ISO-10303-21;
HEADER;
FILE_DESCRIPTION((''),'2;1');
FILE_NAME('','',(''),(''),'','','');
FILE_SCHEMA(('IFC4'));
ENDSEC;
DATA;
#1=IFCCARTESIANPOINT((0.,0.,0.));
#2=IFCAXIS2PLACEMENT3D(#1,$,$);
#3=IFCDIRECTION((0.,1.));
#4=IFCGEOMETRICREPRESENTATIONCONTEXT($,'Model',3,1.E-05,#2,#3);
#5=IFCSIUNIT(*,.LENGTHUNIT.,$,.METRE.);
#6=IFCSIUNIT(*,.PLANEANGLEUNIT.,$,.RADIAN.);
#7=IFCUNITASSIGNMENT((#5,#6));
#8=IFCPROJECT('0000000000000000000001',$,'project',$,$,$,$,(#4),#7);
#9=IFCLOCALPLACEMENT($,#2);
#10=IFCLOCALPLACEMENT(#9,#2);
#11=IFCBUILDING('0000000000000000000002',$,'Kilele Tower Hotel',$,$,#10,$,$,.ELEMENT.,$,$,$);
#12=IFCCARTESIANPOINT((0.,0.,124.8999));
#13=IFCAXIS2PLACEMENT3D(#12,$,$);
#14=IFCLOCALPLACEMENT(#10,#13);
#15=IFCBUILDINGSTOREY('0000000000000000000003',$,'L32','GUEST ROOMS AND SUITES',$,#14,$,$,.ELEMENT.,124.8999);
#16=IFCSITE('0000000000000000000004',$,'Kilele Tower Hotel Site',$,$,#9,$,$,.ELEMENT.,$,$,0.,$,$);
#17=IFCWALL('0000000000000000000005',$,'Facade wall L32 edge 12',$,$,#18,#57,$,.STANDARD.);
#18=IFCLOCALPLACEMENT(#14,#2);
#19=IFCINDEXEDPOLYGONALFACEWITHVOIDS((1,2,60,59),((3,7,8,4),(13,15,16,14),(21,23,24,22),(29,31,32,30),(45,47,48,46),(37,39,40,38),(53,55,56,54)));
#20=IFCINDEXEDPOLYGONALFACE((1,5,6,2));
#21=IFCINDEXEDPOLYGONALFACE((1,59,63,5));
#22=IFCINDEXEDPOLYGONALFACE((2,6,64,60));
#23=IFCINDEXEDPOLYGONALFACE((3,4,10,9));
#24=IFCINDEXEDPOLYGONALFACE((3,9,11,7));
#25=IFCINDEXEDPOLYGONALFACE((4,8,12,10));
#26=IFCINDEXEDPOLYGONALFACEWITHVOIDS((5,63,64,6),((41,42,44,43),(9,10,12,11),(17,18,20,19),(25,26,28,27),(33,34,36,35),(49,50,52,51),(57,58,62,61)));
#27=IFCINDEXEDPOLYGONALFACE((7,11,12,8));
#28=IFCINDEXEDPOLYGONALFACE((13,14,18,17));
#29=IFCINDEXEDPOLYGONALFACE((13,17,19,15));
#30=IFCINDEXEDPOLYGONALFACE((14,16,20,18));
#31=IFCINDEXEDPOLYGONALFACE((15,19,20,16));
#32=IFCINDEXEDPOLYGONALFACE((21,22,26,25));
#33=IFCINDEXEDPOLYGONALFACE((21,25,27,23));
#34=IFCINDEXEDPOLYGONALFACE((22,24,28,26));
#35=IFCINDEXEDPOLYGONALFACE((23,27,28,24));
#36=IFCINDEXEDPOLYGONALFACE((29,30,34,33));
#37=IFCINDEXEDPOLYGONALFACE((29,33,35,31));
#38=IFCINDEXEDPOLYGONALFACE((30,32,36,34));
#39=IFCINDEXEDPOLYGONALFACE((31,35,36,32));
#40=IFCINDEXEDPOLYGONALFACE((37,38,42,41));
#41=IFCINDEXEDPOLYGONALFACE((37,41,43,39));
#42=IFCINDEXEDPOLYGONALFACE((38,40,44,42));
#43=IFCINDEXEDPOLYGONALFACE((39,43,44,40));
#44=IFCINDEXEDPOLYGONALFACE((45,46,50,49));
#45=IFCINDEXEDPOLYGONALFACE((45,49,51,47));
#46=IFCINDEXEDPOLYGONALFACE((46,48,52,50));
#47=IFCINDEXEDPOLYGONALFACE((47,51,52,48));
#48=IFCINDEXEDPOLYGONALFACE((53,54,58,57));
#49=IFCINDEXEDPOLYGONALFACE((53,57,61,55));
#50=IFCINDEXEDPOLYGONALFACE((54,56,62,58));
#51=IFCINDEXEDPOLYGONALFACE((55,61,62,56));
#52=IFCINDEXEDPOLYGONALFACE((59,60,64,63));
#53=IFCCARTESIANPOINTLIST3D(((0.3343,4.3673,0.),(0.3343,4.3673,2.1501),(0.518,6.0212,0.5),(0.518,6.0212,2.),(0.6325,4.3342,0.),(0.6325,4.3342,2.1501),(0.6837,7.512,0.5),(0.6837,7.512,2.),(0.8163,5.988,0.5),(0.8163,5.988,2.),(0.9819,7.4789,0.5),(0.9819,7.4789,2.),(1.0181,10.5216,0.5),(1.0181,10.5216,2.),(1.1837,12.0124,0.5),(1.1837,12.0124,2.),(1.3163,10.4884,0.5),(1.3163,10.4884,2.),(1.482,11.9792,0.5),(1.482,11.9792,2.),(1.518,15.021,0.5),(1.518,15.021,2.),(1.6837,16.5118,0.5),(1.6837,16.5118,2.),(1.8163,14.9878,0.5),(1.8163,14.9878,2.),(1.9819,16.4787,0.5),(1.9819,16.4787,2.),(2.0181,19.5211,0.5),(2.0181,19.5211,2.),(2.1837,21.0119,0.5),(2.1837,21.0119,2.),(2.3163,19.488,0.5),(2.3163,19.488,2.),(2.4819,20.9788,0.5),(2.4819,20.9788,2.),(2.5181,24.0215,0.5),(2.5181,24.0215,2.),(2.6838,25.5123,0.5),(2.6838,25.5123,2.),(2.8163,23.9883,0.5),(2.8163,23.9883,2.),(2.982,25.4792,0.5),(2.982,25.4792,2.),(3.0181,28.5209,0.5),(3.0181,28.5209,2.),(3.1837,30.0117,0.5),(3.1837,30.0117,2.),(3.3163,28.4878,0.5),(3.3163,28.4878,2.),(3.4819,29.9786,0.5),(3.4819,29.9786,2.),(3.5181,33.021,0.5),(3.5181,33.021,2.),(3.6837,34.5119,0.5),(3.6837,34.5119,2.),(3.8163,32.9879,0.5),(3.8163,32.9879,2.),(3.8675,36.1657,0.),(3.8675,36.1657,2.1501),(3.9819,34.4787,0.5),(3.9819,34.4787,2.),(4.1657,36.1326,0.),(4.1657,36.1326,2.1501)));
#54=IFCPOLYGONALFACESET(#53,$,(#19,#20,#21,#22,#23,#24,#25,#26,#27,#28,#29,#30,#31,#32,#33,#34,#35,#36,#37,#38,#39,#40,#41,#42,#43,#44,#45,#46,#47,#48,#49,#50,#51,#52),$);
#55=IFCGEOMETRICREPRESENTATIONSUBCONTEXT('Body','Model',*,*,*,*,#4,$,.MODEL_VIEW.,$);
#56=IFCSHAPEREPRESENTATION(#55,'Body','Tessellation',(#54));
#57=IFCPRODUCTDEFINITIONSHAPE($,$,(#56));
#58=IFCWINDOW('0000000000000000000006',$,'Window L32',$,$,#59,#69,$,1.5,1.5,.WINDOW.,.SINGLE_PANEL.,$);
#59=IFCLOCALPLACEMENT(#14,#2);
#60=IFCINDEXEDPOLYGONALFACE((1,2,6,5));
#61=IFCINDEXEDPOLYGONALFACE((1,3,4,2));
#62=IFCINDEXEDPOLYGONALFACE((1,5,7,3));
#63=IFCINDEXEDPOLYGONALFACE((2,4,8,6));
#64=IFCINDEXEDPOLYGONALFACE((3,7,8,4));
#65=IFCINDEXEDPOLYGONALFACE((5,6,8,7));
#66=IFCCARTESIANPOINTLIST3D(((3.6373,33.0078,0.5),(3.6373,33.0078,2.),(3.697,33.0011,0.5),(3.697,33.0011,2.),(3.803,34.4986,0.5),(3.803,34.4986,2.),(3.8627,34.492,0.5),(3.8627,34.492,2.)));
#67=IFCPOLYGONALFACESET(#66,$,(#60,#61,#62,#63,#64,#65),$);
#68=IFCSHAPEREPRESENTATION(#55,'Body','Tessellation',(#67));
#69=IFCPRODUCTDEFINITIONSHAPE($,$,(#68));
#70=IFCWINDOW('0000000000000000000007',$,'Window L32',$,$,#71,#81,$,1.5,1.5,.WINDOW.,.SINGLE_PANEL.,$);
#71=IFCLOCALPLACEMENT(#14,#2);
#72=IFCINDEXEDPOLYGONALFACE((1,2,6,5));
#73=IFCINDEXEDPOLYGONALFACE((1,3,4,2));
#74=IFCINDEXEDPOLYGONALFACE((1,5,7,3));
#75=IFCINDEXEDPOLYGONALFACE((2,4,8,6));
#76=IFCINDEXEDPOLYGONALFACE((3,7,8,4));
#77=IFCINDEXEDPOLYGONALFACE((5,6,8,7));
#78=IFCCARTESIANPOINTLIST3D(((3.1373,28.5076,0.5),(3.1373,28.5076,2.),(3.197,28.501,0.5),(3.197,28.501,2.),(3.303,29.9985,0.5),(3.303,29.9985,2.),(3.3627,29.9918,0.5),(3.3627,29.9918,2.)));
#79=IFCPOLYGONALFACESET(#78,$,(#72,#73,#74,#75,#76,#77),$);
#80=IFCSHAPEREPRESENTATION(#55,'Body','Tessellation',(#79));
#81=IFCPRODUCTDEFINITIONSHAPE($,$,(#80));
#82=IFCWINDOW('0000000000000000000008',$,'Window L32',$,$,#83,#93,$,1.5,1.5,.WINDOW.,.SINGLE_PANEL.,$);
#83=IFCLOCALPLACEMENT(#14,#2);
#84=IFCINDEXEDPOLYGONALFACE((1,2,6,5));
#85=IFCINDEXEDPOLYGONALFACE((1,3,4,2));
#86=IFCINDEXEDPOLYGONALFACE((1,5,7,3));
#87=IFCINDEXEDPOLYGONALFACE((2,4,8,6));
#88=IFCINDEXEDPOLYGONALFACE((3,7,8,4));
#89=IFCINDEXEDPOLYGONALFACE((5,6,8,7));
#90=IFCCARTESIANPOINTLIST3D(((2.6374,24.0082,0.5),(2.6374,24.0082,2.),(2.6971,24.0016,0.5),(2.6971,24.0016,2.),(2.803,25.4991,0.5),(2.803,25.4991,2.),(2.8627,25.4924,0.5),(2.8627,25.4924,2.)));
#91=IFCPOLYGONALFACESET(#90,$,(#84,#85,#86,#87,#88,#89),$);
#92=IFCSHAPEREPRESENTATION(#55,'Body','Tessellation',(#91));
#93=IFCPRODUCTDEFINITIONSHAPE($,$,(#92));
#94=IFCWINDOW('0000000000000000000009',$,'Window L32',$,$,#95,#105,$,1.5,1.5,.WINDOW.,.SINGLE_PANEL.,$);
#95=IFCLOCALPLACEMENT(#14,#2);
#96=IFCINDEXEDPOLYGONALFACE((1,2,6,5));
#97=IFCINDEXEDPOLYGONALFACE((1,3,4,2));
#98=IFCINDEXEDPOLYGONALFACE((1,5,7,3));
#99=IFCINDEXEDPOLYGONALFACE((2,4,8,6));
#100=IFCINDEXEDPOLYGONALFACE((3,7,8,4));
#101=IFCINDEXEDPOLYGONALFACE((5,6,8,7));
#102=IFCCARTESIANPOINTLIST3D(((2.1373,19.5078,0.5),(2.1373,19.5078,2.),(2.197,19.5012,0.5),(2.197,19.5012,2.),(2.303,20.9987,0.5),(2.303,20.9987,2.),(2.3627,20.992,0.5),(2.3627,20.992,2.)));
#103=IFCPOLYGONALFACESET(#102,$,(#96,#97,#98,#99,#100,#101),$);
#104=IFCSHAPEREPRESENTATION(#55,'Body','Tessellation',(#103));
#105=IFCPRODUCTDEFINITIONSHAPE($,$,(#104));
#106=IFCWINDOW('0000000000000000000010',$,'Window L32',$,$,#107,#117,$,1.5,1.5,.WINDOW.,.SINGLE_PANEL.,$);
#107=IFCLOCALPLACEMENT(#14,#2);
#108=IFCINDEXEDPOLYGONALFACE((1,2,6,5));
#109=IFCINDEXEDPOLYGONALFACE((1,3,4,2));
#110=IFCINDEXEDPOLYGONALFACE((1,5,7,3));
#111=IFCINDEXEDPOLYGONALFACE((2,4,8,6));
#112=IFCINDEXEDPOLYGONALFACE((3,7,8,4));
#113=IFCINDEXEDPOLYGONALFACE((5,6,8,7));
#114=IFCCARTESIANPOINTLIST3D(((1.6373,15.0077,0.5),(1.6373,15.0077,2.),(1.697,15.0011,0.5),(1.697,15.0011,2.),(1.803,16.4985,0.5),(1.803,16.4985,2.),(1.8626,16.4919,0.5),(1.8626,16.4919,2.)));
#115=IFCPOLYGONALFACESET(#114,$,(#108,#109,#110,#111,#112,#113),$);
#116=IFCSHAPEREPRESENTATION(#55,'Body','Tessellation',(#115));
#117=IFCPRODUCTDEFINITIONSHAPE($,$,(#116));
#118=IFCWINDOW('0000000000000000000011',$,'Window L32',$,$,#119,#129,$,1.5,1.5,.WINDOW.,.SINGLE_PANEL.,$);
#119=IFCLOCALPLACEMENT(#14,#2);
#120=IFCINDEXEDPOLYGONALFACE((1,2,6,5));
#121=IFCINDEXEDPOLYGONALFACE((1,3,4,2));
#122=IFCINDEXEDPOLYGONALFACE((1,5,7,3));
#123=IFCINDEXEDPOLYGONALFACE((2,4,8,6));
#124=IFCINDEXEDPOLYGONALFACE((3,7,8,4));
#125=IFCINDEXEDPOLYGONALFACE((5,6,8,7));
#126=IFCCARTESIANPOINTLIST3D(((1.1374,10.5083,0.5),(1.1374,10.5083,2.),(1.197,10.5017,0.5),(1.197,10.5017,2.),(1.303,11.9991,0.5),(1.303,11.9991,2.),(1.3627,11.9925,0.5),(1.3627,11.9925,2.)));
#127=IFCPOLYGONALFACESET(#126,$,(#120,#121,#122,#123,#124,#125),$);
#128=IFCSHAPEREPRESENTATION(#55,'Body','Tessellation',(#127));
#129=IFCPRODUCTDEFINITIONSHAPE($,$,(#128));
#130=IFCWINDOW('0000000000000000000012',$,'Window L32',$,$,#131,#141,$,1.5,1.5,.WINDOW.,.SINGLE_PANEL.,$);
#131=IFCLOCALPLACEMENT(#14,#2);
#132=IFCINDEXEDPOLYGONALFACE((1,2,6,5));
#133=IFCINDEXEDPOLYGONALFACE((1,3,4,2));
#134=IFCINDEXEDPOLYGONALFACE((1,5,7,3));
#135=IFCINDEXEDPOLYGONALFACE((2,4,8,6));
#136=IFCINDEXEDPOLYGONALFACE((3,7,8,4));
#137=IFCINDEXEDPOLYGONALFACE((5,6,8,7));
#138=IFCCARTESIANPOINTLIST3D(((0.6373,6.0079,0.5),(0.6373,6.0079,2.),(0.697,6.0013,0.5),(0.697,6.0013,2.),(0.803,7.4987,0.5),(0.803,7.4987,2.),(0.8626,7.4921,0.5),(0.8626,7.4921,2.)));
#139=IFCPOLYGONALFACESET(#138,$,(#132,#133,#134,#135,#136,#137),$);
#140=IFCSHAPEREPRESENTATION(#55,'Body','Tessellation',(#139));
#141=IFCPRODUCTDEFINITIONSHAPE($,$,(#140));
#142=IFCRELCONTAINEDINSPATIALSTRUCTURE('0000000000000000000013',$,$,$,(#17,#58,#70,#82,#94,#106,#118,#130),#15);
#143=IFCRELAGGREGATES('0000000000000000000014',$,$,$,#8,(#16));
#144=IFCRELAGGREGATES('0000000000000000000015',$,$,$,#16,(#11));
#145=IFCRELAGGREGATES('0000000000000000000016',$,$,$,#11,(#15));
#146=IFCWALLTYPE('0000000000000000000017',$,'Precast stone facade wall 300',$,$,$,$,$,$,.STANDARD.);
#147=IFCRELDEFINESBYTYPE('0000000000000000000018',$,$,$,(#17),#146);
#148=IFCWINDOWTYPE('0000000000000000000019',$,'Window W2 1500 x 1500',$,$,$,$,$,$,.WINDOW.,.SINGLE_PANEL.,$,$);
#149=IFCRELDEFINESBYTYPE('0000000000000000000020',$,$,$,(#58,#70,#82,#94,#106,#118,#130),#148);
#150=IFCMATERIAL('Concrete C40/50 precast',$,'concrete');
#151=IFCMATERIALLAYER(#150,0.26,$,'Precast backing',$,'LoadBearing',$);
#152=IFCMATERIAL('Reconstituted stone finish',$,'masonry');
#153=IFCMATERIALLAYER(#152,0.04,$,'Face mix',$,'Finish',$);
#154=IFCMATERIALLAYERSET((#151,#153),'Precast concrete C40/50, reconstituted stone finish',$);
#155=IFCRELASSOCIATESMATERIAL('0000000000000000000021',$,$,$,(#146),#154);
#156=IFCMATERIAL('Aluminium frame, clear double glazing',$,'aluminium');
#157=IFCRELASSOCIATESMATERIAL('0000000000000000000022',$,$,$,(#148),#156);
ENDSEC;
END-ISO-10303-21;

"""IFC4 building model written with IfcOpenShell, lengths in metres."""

from ifc_helpers import new_model, si_unit, direction, frame, frame_2d, origin, place, context, subcontext, project, spatial, rectangle, extrude, material, layer, layer_set, type_object, element, fill, save


model = new_model("IFC4")

# Units and contexts
model_context = context("Model", 3, precision=1e-05, world=origin(), true_north=direction((0.0, 1.0)))
body_context = subcontext(model_context, "Body", "Model", "MODEL_VIEW")
ifc_project = project(units=[si_unit("LENGTHUNIT", "METRE"), si_unit("PLANEANGLEUNIT", "RADIAN")], contexts=[model_context])

# Site, building, storey
site_placement = place(None, origin())
site = spatial("IfcSite", under=ifc_project, at=site_placement, Name="Kilele Tower Hotel Site", CompositionType="ELEMENT", RefElevation=0.0)
building_placement = place(site_placement, origin())
building = spatial("IfcBuilding", under=site, at=building_placement, Name="Kilele Tower Hotel", CompositionType="ELEMENT")
storey_placement = place(building_placement, frame((0.0, 0.0, 124.8999)))
storey = spatial("IfcBuildingStorey", under=building, at=storey_placement, Name="L32", Description="GUEST ROOMS AND SUITES", CompositionType="ELEMENT", Elevation=124.8999)

# Shared definitions
ifc_material_1 = material(Name="Concrete C40/50 precast", Category="concrete")
ifc_layer_1 = layer(ifc_material_1, 0.26, Name="Precast backing", Category="LoadBearing")
ifc_material_2 = material(Name="Reconstituted stone finish", Category="masonry")
ifc_layer_2 = layer(ifc_material_2, 0.04, Name="Face mix", Category="Finish")
ifc_layer_set_1 = layer_set([ifc_layer_1, ifc_layer_2], Name="Precast concrete C40/50, reconstituted stone finish")
wall_type_1 = type_object("IfcWallType", Name="Precast stone facade wall 300", PredefinedType="STANDARD", material=ifc_layer_set_1)
ifc_material_3 = material(Name="Aluminium frame, clear double glazing", Category="aluminium")
window_type_1 = type_object("IfcWindowType", Name="Window W2 1500 x 1500", PartitioningType="SINGLE_PANEL", PredefinedType="WINDOW", material=ifc_material_3)

# Wall, openings, windows
wall_1_placement = place(storey_placement, frame((4.0166, 36.1492, 0.0), z_axis=(0.0, 0.0, 1.0), x_axis=(-0.110433, -0.993884, 0.0)))
wall_1 = element("IfcWall", 1, at=wall_1_placement, inside=storey, type_object=wall_type_1, Name="Facade wall L32 edge 12", PredefinedType="STANDARD", context=body_context, shape_type="SweptSolid", body=[
    extrude(rectangle(XDim=31.9941, YDim=0.3, at=frame_2d((15.9971, 0.0))), origin(), (0.0, 0.0, 1.0), 2.1501),
])
opening_1_placement = place(wall_1_placement, frame((1.6641, 0.0, 0.5)))
opening_1 = element("IfcOpeningElement", 2, at=opening_1_placement, cuts=wall_1, PredefinedType="OPENING", context=body_context, shape_type="SweptSolid", body=[
    extrude(rectangle(XDim=1.5, YDim=1.5, at=frame_2d((0.75, 0.75))), frame((0.0, 0.1599, 0.0), z_axis=(0.0, -1.0, 0.0), x_axis=(1.0, 0.0, 0.0)), (0.0, 0.0, 1.0), 0.3201),
])
opening_2_placement = place(wall_1_placement, frame((6.1919, 0.0, 0.5)))
opening_2 = element("IfcOpeningElement", 3, at=opening_2_placement, cuts=wall_1, PredefinedType="OPENING", context=body_context, shape_type="SweptSolid", body=[
    extrude(rectangle(XDim=1.5, YDim=1.5, at=frame_2d((0.75, 0.75))), frame((0.0, 0.1599, 0.0), z_axis=(0.0, -1.0, 0.0), x_axis=(1.0, 0.0, 0.0)), (0.0, 0.0, 1.0), 0.3201),
])
opening_3_placement = place(wall_1_placement, frame((10.719, 0.0, 0.5)))
opening_3 = element("IfcOpeningElement", 4, at=opening_3_placement, cuts=wall_1, PredefinedType="OPENING", context=body_context, shape_type="SweptSolid", body=[
    extrude(rectangle(XDim=1.5, YDim=1.5, at=frame_2d((0.75, 0.75))), frame((0.0, 0.1599, 0.0), z_axis=(0.0, -1.0, 0.0), x_axis=(1.0, 0.0, 0.0)), (0.0, 0.0, 1.0), 0.3201),
])
opening_4_placement = place(wall_1_placement, frame((15.2471, 0.0, 0.5)))
opening_4 = element("IfcOpeningElement", 5, at=opening_4_placement, cuts=wall_1, PredefinedType="OPENING", context=body_context, shape_type="SweptSolid", body=[
    extrude(rectangle(XDim=1.5, YDim=1.5, at=frame_2d((0.75, 0.75))), frame((0.0, 0.1599, 0.0), z_axis=(0.0, -1.0, 0.0), x_axis=(1.0, 0.0, 0.0)), (0.0, 0.0, 1.0), 0.3201),
])
opening_5_placement = place(wall_1_placement, frame((19.7749, 0.0, 0.5)))
opening_5 = element("IfcOpeningElement", 6, at=opening_5_placement, cuts=wall_1, PredefinedType="OPENING", context=body_context, shape_type="SweptSolid", body=[
    extrude(rectangle(XDim=1.5, YDim=1.5, at=frame_2d((0.75, 0.75))), frame((0.0, 0.1599, 0.0), z_axis=(0.0, -1.0, 0.0), x_axis=(1.0, 0.0, 0.0)), (0.0, 0.0, 1.0), 0.3201),
])
opening_6_placement = place(wall_1_placement, frame((24.302, 0.0, 0.5)))
opening_6 = element("IfcOpeningElement", 7, at=opening_6_placement, cuts=wall_1, PredefinedType="OPENING", context=body_context, shape_type="SweptSolid", body=[
    extrude(rectangle(XDim=1.5, YDim=1.5, at=frame_2d((0.75, 0.75))), frame((0.0, 0.1599, 0.0), z_axis=(0.0, -1.0, 0.0), x_axis=(1.0, 0.0, 0.0)), (0.0, 0.0, 1.0), 0.3201),
])
opening_7_placement = place(wall_1_placement, frame((28.8301, 0.0, 0.5)))
opening_7 = element("IfcOpeningElement", 8, at=opening_7_placement, cuts=wall_1, PredefinedType="OPENING", context=body_context, shape_type="SweptSolid", body=[
    extrude(rectangle(XDim=1.5, YDim=1.5, at=frame_2d((0.75, 0.75))), frame((0.0, 0.1599, 0.0), z_axis=(0.0, -1.0, 0.0), x_axis=(1.0, 0.0, 0.0)), (0.0, 0.0, 1.0), 0.3201),
])
window_1_placement = place(opening_1_placement, origin())
window_1 = element("IfcWindow", 9, at=window_1_placement, inside=storey, type_object=window_type_1, Name="Window L32", OverallHeight=1.5, OverallWidth=1.5, PartitioningType="SINGLE_PANEL", PredefinedType="WINDOW", context=body_context, shape_type="SweptSolid", body=[
    extrude(rectangle(XDim=1.5, YDim=1.5, at=frame_2d((0.75, 0.75))), frame((0.0, 0.03, 0.0), z_axis=(0.0, -1.0, 0.0), x_axis=(1.0, 0.0, 0.0)), (0.0, 0.0, 1.0), 0.0601),
])
fill(opening_1, window_1)
window_2_placement = place(opening_2_placement, origin())
window_2 = element("IfcWindow", 10, at=window_2_placement, inside=storey, type_object=window_type_1, Name="Window L32", OverallHeight=1.5, OverallWidth=1.5, PartitioningType="SINGLE_PANEL", PredefinedType="WINDOW", context=body_context, shape_type="SweptSolid", body=[
    extrude(rectangle(XDim=1.5, YDim=1.5, at=frame_2d((0.75, 0.75))), frame((0.0, 0.03, 0.0), z_axis=(0.0, -1.0, 0.0), x_axis=(1.0, 0.0, 0.0)), (0.0, 0.0, 1.0), 0.0601),
])
fill(opening_2, window_2)
window_3_placement = place(opening_3_placement, origin())
window_3 = element("IfcWindow", 11, at=window_3_placement, inside=storey, type_object=window_type_1, Name="Window L32", OverallHeight=1.5, OverallWidth=1.5, PartitioningType="SINGLE_PANEL", PredefinedType="WINDOW", context=body_context, shape_type="SweptSolid", body=[
    extrude(rectangle(XDim=1.5, YDim=1.5, at=frame_2d((0.75, 0.75))), frame((0.0, 0.03, 0.0), z_axis=(0.0, -1.0, 0.0), x_axis=(1.0, 0.0, 0.0)), (0.0, 0.0, 1.0), 0.0601),
])
fill(opening_3, window_3)
window_4_placement = place(opening_4_placement, origin())
window_4 = element("IfcWindow", 12, at=window_4_placement, inside=storey, type_object=window_type_1, Name="Window L32", OverallHeight=1.5, OverallWidth=1.5, PartitioningType="SINGLE_PANEL", PredefinedType="WINDOW", context=body_context, shape_type="SweptSolid", body=[
    extrude(rectangle(XDim=1.5, YDim=1.5, at=frame_2d((0.75, 0.75))), frame((0.0, 0.03, 0.0), z_axis=(0.0, -1.0, 0.0), x_axis=(1.0, 0.0, 0.0)), (0.0, 0.0, 1.0), 0.0601),
])
fill(opening_4, window_4)
window_5_placement = place(opening_5_placement, origin())
window_5 = element("IfcWindow", 13, at=window_5_placement, inside=storey, type_object=window_type_1, Name="Window L32", OverallHeight=1.5, OverallWidth=1.5, PartitioningType="SINGLE_PANEL", PredefinedType="WINDOW", context=body_context, shape_type="SweptSolid", body=[
    extrude(rectangle(XDim=1.5, YDim=1.5, at=frame_2d((0.75, 0.75))), frame((0.0, 0.03, 0.0), z_axis=(0.0, -1.0, 0.0), x_axis=(1.0, 0.0, 0.0)), (0.0, 0.0, 1.0), 0.0601),
])
fill(opening_5, window_5)
window_6_placement = place(opening_6_placement, origin())
window_6 = element("IfcWindow", 14, at=window_6_placement, inside=storey, type_object=window_type_1, Name="Window L32", OverallHeight=1.5, OverallWidth=1.5, PartitioningType="SINGLE_PANEL", PredefinedType="WINDOW", context=body_context, shape_type="SweptSolid", body=[
    extrude(rectangle(XDim=1.5, YDim=1.5, at=frame_2d((0.75, 0.75))), frame((0.0, 0.03, 0.0), z_axis=(0.0, -1.0, 0.0), x_axis=(1.0, 0.0, 0.0)), (0.0, 0.0, 1.0), 0.0601),
])
fill(opening_6, window_6)
window_7_placement = place(opening_7_placement, origin())
window_7 = element("IfcWindow", 15, at=window_7_placement, inside=storey, type_object=window_type_1, Name="Window L32", OverallHeight=1.5, OverallWidth=1.5, PartitioningType="SINGLE_PANEL", PredefinedType="WINDOW", context=body_context, shape_type="SweptSolid", body=[
    extrude(rectangle(XDim=1.5, YDim=1.5, at=frame_2d((0.75, 0.75))), frame((0.0, 0.03, 0.0), z_axis=(0.0, -1.0, 0.0), x_axis=(1.0, 0.0, 0.0)), (0.0, 0.0, 1.0), 0.0601),
])
fill(opening_7, window_7)

save(model, "model.ifc")
